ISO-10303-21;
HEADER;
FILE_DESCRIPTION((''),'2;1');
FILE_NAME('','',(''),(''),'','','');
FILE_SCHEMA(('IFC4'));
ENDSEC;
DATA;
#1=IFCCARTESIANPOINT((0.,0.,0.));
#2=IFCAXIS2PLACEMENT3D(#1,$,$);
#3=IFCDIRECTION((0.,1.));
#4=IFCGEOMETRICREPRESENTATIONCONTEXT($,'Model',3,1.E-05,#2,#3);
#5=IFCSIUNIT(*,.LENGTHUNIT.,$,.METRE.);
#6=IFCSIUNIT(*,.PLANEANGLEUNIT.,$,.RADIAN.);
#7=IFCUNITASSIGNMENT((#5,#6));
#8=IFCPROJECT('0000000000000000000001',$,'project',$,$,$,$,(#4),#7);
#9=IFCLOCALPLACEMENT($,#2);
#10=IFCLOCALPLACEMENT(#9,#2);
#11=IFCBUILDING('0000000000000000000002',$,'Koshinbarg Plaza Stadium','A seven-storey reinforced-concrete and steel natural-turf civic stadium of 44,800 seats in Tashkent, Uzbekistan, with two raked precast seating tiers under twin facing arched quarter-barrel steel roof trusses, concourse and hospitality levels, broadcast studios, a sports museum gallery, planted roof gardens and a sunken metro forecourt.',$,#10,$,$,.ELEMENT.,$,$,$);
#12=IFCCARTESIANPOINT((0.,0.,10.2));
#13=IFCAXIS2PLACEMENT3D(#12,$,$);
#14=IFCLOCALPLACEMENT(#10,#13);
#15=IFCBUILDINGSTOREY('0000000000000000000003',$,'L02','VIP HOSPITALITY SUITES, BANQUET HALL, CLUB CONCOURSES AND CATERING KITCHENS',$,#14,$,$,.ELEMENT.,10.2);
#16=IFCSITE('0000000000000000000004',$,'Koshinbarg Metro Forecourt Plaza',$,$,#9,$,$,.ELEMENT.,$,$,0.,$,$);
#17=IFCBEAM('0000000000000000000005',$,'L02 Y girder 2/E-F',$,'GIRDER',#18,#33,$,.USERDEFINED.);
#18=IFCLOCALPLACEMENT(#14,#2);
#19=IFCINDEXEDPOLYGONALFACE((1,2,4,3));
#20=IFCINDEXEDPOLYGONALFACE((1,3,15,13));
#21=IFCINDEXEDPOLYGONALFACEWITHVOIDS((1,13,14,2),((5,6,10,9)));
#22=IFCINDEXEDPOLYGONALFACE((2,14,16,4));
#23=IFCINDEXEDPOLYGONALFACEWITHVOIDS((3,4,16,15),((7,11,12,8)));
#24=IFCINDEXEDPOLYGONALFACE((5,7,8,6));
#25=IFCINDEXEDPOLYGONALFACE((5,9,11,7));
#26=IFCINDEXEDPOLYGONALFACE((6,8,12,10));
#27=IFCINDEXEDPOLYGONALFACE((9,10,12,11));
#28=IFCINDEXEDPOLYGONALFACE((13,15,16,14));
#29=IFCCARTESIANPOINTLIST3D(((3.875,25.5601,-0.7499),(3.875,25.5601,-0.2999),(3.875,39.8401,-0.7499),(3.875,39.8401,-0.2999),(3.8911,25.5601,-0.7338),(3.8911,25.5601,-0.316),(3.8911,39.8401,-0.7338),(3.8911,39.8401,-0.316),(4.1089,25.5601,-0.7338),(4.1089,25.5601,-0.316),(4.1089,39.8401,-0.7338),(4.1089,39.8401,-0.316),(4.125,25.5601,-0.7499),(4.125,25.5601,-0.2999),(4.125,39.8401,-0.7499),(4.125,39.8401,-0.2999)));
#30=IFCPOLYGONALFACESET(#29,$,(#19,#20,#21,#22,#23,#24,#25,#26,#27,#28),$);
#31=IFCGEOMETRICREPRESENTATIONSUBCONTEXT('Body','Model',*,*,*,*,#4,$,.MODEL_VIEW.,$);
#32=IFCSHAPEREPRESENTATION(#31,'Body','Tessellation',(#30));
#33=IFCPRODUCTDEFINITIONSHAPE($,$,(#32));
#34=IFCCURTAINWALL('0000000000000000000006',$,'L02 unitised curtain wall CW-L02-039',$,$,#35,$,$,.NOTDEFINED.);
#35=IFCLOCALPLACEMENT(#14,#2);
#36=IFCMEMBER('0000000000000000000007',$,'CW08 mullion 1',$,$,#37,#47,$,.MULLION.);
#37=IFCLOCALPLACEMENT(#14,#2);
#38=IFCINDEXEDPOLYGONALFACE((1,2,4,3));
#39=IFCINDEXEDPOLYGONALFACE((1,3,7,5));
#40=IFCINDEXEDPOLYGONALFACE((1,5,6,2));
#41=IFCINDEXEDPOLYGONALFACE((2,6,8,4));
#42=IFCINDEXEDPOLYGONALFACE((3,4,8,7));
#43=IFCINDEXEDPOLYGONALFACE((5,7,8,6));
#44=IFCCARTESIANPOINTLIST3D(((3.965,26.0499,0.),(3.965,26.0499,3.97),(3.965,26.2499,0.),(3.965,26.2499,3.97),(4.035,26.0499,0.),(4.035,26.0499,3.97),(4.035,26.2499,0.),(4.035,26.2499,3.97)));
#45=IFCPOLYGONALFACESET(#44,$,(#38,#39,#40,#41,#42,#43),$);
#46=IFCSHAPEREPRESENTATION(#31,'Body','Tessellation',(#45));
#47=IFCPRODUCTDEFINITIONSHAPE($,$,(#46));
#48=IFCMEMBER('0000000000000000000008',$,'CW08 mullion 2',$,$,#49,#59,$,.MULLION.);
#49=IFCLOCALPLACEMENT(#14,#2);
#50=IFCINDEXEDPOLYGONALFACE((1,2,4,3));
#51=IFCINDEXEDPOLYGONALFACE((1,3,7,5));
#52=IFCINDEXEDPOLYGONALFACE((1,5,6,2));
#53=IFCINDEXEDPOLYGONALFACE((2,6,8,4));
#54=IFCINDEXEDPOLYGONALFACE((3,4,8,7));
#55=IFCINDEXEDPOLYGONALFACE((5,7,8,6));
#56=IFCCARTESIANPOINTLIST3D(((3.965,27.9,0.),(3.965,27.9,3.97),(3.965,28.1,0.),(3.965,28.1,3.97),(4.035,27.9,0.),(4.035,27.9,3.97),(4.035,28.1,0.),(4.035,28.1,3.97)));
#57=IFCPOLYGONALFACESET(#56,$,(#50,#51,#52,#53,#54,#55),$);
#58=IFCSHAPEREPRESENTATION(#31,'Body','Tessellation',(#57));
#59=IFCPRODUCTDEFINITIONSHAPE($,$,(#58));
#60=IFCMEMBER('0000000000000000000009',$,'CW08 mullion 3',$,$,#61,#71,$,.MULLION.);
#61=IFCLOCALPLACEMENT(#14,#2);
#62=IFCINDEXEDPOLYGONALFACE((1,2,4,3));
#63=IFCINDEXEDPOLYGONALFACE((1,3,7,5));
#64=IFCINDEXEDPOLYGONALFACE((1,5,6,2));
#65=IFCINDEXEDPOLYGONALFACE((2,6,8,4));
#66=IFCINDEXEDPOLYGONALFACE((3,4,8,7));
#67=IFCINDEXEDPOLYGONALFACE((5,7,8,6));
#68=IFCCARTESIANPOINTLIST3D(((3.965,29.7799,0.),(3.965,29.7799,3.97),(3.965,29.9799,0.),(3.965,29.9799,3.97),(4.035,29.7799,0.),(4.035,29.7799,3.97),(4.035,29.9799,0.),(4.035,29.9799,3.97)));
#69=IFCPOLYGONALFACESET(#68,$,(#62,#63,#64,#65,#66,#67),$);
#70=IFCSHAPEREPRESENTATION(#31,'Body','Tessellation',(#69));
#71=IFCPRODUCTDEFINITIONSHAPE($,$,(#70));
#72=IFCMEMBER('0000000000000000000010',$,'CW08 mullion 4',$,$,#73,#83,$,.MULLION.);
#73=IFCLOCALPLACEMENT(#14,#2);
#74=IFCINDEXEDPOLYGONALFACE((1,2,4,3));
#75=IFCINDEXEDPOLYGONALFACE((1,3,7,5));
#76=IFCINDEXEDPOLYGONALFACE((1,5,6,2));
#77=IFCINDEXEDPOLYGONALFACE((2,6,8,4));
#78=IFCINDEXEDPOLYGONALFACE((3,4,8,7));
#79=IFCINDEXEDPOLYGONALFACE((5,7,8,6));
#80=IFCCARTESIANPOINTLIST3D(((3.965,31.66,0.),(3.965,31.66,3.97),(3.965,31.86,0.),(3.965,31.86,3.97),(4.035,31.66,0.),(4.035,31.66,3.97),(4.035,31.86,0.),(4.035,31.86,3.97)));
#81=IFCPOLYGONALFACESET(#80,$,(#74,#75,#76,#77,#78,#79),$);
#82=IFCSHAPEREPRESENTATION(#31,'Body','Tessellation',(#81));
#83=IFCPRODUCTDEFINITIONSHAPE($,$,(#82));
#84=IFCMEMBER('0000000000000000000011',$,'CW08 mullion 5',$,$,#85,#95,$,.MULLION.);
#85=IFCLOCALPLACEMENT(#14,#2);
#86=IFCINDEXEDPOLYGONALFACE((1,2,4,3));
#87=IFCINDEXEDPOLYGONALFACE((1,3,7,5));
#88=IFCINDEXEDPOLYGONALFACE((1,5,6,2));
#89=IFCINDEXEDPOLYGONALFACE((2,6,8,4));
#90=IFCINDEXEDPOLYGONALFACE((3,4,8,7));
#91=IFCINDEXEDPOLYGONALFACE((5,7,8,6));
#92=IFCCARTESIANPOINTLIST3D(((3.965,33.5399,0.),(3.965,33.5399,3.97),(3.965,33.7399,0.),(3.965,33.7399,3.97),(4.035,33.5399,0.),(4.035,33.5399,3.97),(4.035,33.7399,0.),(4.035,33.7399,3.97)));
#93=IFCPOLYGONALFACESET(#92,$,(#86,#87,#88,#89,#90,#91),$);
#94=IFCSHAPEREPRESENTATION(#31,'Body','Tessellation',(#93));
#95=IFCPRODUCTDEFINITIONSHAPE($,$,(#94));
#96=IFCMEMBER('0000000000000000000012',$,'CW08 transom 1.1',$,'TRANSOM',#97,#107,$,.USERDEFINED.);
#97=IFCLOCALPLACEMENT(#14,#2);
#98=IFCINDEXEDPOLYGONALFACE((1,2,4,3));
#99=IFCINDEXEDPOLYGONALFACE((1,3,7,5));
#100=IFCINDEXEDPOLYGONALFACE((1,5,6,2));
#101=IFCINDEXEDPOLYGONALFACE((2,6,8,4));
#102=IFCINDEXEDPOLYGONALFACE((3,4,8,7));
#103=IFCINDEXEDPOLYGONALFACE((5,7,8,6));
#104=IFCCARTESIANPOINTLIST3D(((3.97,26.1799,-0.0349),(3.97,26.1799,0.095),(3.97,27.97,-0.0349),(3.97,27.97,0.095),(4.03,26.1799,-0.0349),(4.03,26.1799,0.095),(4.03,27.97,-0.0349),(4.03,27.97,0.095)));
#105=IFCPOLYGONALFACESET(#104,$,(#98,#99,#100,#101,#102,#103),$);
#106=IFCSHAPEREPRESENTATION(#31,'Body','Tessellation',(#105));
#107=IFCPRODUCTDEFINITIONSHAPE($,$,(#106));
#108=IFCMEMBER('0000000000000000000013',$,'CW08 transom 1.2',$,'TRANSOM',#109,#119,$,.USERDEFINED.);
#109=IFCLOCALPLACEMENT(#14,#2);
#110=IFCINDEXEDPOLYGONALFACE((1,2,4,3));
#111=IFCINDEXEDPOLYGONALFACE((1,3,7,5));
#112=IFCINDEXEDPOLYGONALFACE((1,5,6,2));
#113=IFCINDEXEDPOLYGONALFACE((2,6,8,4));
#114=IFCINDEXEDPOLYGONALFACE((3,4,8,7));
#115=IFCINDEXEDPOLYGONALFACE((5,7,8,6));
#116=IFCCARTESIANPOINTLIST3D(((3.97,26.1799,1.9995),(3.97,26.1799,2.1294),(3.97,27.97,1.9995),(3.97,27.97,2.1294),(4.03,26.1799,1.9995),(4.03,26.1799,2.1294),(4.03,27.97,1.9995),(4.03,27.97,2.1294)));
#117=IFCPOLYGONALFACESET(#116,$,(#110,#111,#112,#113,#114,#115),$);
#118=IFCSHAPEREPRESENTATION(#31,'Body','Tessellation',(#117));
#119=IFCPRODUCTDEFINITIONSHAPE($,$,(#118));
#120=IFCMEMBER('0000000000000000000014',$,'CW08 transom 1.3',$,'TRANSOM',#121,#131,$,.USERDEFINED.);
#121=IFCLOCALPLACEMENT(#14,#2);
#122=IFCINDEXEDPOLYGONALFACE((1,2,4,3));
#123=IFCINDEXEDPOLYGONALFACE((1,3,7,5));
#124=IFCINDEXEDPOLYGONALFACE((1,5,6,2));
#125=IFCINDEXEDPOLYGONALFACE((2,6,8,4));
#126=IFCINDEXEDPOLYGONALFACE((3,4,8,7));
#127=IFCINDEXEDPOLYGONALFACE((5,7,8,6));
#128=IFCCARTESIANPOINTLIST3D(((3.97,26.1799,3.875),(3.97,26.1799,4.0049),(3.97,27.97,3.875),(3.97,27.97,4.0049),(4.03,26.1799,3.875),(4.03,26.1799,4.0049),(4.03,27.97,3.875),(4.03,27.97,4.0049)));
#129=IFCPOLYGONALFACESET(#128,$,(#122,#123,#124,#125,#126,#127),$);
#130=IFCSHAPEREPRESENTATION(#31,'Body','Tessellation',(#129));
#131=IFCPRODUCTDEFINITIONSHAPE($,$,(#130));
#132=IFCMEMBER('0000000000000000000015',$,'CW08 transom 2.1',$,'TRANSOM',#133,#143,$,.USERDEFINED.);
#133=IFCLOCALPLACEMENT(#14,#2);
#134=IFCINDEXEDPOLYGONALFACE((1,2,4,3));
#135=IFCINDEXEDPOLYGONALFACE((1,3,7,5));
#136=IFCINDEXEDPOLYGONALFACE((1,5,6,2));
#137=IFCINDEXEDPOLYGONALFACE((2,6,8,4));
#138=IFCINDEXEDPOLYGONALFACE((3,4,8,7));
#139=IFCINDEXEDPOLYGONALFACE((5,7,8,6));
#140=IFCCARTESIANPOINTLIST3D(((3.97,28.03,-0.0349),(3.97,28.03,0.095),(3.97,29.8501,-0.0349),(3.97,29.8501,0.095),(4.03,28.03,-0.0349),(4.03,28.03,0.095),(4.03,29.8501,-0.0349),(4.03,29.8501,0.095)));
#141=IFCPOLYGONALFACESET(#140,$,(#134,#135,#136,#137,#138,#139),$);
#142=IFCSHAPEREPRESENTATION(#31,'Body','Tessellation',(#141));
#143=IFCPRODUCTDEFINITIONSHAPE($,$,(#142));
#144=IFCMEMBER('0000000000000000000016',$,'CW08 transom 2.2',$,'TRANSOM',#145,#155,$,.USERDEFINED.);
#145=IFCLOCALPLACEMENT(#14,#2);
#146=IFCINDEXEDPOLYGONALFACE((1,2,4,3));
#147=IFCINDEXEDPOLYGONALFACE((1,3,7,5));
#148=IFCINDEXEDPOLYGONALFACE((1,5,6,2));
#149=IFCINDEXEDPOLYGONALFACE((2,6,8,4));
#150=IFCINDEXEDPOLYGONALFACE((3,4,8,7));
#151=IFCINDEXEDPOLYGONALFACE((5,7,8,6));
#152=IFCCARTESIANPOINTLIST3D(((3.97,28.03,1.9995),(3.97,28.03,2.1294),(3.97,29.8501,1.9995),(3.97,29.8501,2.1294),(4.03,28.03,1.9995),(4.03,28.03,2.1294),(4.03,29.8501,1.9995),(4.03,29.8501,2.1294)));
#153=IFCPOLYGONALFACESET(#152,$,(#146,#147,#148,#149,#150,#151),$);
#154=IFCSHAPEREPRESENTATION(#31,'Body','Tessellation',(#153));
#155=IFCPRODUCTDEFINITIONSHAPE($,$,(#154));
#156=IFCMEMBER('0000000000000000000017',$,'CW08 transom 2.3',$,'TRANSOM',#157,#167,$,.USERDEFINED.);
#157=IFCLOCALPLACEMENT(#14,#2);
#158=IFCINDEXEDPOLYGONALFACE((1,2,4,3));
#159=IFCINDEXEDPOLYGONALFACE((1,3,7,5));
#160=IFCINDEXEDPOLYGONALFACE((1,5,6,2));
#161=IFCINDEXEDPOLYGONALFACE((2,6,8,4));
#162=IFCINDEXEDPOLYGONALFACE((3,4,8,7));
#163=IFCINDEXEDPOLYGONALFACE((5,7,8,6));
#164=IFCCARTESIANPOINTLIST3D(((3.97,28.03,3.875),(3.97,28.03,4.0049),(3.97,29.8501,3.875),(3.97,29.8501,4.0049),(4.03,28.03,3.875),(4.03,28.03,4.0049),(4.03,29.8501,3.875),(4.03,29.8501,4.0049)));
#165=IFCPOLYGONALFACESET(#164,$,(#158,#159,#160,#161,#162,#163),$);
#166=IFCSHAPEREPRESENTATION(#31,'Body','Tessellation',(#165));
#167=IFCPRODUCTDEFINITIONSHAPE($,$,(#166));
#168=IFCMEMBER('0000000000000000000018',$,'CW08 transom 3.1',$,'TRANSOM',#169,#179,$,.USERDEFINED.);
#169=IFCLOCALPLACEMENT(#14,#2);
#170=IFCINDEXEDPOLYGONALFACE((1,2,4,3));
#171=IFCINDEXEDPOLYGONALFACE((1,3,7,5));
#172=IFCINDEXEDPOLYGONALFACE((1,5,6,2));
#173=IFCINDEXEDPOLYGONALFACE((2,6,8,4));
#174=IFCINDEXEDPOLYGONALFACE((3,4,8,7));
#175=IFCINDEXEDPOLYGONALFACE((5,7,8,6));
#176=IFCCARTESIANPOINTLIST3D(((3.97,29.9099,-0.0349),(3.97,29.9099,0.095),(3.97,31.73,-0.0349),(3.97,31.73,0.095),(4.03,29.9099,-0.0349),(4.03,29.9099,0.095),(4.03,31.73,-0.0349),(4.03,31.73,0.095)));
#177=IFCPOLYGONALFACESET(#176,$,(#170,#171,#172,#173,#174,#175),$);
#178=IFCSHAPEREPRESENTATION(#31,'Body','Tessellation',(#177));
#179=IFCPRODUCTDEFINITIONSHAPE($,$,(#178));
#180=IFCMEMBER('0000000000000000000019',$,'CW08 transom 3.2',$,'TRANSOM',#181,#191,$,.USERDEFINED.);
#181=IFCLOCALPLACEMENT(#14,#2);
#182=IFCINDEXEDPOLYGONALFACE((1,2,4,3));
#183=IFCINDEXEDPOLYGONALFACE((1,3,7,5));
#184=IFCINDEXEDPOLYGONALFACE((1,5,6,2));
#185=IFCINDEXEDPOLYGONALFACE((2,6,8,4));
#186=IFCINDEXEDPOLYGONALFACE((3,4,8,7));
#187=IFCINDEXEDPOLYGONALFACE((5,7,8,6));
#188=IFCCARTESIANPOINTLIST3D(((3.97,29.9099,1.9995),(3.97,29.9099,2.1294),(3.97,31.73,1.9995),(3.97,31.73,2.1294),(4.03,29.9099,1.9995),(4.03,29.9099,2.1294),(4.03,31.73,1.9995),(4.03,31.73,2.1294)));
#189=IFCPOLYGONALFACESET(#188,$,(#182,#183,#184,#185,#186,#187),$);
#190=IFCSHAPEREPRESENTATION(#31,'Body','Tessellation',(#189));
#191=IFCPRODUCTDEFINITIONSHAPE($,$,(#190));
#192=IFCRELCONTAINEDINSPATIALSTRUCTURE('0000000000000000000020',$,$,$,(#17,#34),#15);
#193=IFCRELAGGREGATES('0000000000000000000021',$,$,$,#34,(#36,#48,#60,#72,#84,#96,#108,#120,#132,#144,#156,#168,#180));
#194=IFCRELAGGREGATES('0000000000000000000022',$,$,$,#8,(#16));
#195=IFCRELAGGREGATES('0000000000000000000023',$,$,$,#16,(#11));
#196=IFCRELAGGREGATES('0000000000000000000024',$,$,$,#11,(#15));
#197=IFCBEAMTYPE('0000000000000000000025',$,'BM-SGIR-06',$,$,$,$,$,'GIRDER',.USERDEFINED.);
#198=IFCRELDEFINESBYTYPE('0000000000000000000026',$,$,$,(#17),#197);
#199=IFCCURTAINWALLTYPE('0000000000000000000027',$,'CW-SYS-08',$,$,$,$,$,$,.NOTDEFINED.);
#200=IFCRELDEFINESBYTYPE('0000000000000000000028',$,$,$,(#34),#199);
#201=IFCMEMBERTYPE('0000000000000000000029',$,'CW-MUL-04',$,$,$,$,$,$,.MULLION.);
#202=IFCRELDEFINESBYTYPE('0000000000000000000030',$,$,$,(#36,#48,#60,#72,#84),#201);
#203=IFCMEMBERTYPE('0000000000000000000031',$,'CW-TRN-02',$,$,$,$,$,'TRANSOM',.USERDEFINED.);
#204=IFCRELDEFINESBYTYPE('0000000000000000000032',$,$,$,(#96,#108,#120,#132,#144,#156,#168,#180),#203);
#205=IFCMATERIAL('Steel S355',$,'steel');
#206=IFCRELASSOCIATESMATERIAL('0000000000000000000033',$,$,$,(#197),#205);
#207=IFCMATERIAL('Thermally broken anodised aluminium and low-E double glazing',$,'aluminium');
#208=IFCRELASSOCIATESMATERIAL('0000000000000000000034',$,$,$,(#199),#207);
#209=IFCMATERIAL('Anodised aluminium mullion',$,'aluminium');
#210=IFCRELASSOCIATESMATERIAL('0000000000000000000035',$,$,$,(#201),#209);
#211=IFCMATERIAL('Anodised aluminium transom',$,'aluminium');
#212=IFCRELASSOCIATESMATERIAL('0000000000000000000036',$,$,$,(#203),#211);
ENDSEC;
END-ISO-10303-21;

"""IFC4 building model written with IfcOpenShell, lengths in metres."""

from ifc_helpers import new_model, si_unit, direction, frame, origin, origin_2d, place, context, subcontext, project, spatial, rectangle, hollow_rectangle, extrude, material, material_profile, profile_set, type_object, element, aggregate, save


model = new_model("IFC4")

# Units and contexts
model_context = context("Model", 3, precision=1e-05, world=origin(), true_north=direction((0.0, 1.0)))
body_context = subcontext(model_context, "Body", "Model", "MODEL_VIEW")
ifc_project = project(units=[si_unit("LENGTHUNIT", "METRE"), si_unit("PLANEANGLEUNIT", "RADIAN")], contexts=[model_context])

# Site, building, storey
site_placement = place(None, origin())
site = spatial("IfcSite", under=ifc_project, at=site_placement, Name="Koshinbarg Metro Forecourt Plaza", CompositionType="ELEMENT", RefElevation=0.0)
building_placement = place(site_placement, origin())
building = spatial("IfcBuilding", under=site, at=building_placement, Name="Koshinbarg Plaza Stadium", Description="A seven-storey reinforced-concrete and steel natural-turf civic stadium of 44,800 seats in Tashkent, Uzbekistan, with two raked precast seating tiers under twin facing arched quarter-barrel steel roof trusses, concourse and hospitality levels, broadcast studios, a sports museum gallery, planted roof gardens and a sunken metro forecourt.", CompositionType="ELEMENT")
storey_placement = place(building_placement, frame((0.0, 0.0, 10.2)))
storey = spatial("IfcBuildingStorey", under=building, at=storey_placement, Name="L02", Description="VIP HOSPITALITY SUITES, BANQUET HALL, CLUB CONCOURSES AND CATERING KITCHENS", CompositionType="ELEMENT", Elevation=10.2)

# Beam
ifc_material_1 = material(Name="Steel S355", Category="steel")
ifc_material_profile_1 = material_profile(ifc_material_1, hollow_rectangle(XDim=0.25, YDim=0.45, WallThickness=0.0161, at=origin_2d()), Name="RHS 450x250x16")
ifc_profile_set_1 = profile_set([ifc_material_profile_1], Name="Steel S355")
beam_type = type_object("IfcBeamType", Name="BM-SGIR-06", ElementType="GIRDER", PredefinedType="USERDEFINED", material=ifc_profile_set_1)
beam_placement = place(storey_placement, frame((4.0, 25.5601, -0.5249), z_axis=(0.0, 1.0, 0.0), x_axis=(-1.0, 0.0, 0.0)))
element("IfcBeam", 1, at=beam_placement, inside=storey, type_object=beam_type, Name="L02 Y girder 2/E-F", ObjectType="GIRDER", PredefinedType="USERDEFINED", context=body_context, shape_type="SweptSolid", body=[
    extrude(hollow_rectangle(XDim=0.25, YDim=0.45, WallThickness=0.0161, at=origin_2d()), origin(), (0.0, 0.0, 1.0), 14.28),
])

# Curtain wall, members
ifc_material_2 = material(Name="Thermally broken anodised aluminium and low-E double glazing", Category="aluminium")
curtain_wall_type = type_object("IfcCurtainWallType", Name="CW-SYS-08", PredefinedType="NOTDEFINED", material=ifc_material_2)
curtain_wall_placement = place(storey_placement, origin())
curtain_wall = element("IfcCurtainWall", 2, at=curtain_wall_placement, inside=storey, type_object=curtain_wall_type, Name="L02 unitised curtain wall CW-L02-039", PredefinedType="NOTDEFINED")
ifc_material_3 = material(Name="Anodised aluminium mullion", Category="aluminium")
ifc_material_profile_2 = material_profile(ifc_material_3, rectangle(XDim=0.0701, YDim=0.2, at=origin_2d()), Name="ALU 70x200")
ifc_profile_set_2 = profile_set([ifc_material_profile_2], Name="Anodised aluminium mullion")
member_type_1 = type_object("IfcMemberType", Name="CW-MUL-04", PredefinedType="MULLION", material=ifc_profile_set_2)
member_1_placement = place(storey_placement, frame((4.0, 26.1499, 0.0), z_axis=(0.0, 0.0, 1.0), x_axis=(-1.0, 0.0, 0.0)))
member_1 = element("IfcMember", 3, at=member_1_placement, type_object=member_type_1, Name="CW08 mullion 1", PredefinedType="MULLION", context=body_context, shape_type="SweptSolid", body=[
    extrude(rectangle(XDim=0.0701, YDim=0.2, at=origin_2d()), origin(), (0.0, 0.0, 1.0), 3.97),
])
member_2_placement = place(storey_placement, frame((4.0, 28.0, 0.0), z_axis=(0.0, 0.0, 1.0), x_axis=(-1.0, 0.0, 0.0)))
member_2 = element("IfcMember", 4, at=member_2_placement, type_object=member_type_1, Name="CW08 mullion 2", PredefinedType="MULLION", context=body_context, shape_type="SweptSolid", body=[
    extrude(rectangle(XDim=0.0701, YDim=0.2, at=origin_2d()), origin(), (0.0, 0.0, 1.0), 3.97),
])
member_3_placement = place(storey_placement, frame((4.0, 29.8799, 0.0), z_axis=(0.0, 0.0, 1.0), x_axis=(-1.0, 0.0, 0.0)))
member_3 = element("IfcMember", 5, at=member_3_placement, type_object=member_type_1, Name="CW08 mullion 3", PredefinedType="MULLION", context=body_context, shape_type="SweptSolid", body=[
    extrude(rectangle(XDim=0.0701, YDim=0.2, at=origin_2d()), origin(), (0.0, 0.0, 1.0), 3.97),
])
member_4_placement = place(storey_placement, frame((4.0, 31.76, 0.0), z_axis=(0.0, 0.0, 1.0), x_axis=(-1.0, 0.0, 0.0)))
member_4 = element("IfcMember", 6, at=member_4_placement, type_object=member_type_1, Name="CW08 mullion 4", PredefinedType="MULLION", context=body_context, shape_type="SweptSolid", body=[
    extrude(rectangle(XDim=0.0701, YDim=0.2, at=origin_2d()), origin(), (0.0, 0.0, 1.0), 3.97),
])
member_5_placement = place(storey_placement, frame((4.0, 33.6399, 0.0), z_axis=(0.0, 0.0, 1.0), x_axis=(-1.0, 0.0, 0.0)))
member_5 = element("IfcMember", 7, at=member_5_placement, type_object=member_type_1, Name="CW08 mullion 5", PredefinedType="MULLION", context=body_context, shape_type="SweptSolid", body=[
    extrude(rectangle(XDim=0.0701, YDim=0.2, at=origin_2d()), origin(), (0.0, 0.0, 1.0), 3.97),
])
ifc_material_4 = material(Name="Anodised aluminium transom", Category="aluminium")
ifc_material_profile_3 = material_profile(ifc_material_4, rectangle(XDim=0.0601, YDim=0.1299, at=origin_2d()), Name="ALU 60x130")
ifc_profile_set_3 = profile_set([ifc_material_profile_3], Name="Anodised aluminium transom")
member_type_2 = type_object("IfcMemberType", Name="CW-TRN-02", ElementType="TRANSOM", PredefinedType="USERDEFINED", material=ifc_profile_set_3)
member_6_placement = place(storey_placement, frame((4.0, 26.1799, 0.03), z_axis=(0.0, 1.0, 0.0), x_axis=(-1.0, 0.0, 0.0)))
member_6 = element("IfcMember", 8, at=member_6_placement, type_object=member_type_2, Name="CW08 transom 1.1", ObjectType="TRANSOM", PredefinedType="USERDEFINED", context=body_context, shape_type="SweptSolid", body=[
    extrude(rectangle(XDim=0.0601, YDim=0.1299, at=origin_2d()), origin(), (0.0, 0.0, 1.0), 1.79),
])
member_7_placement = place(storey_placement, frame((4.0, 26.1799, 2.0645), z_axis=(0.0, 1.0, 0.0), x_axis=(-1.0, 0.0, 0.0)))
member_7 = element("IfcMember", 9, at=member_7_placement, type_object=member_type_2, Name="CW08 transom 1.2", ObjectType="TRANSOM", PredefinedType="USERDEFINED", context=body_context, shape_type="SweptSolid", body=[
    extrude(rectangle(XDim=0.0601, YDim=0.1299, at=origin_2d()), origin(), (0.0, 0.0, 1.0), 1.79),
])
member_8_placement = place(storey_placement, frame((4.0, 26.1799, 3.9399), z_axis=(0.0, 1.0, 0.0), x_axis=(-1.0, 0.0, 0.0)))
member_8 = element("IfcMember", 10, at=member_8_placement, type_object=member_type_2, Name="CW08 transom 1.3", ObjectType="TRANSOM", PredefinedType="USERDEFINED", context=body_context, shape_type="SweptSolid", body=[
    extrude(rectangle(XDim=0.0601, YDim=0.1299, at=origin_2d()), origin(), (0.0, 0.0, 1.0), 1.79),
])
member_9_placement = place(storey_placement, frame((4.0, 28.03, 0.03), z_axis=(0.0, 1.0, 0.0), x_axis=(-1.0, 0.0, 0.0)))
member_9 = element("IfcMember", 11, at=member_9_placement, type_object=member_type_2, Name="CW08 transom 2.1", ObjectType="TRANSOM", PredefinedType="USERDEFINED", context=body_context, shape_type="SweptSolid", body=[
    extrude(rectangle(XDim=0.0601, YDim=0.1299, at=origin_2d()), origin(), (0.0, 0.0, 1.0), 1.8201),
])
member_10_placement = place(storey_placement, frame((4.0, 28.03, 2.0645), z_axis=(0.0, 1.0, 0.0), x_axis=(-1.0, 0.0, 0.0)))
member_10 = element("IfcMember", 12, at=member_10_placement, type_object=member_type_2, Name="CW08 transom 2.2", ObjectType="TRANSOM", PredefinedType="USERDEFINED", context=body_context, shape_type="SweptSolid", body=[
    extrude(rectangle(XDim=0.0601, YDim=0.1299, at=origin_2d()), origin(), (0.0, 0.0, 1.0), 1.8201),
])
member_11_placement = place(storey_placement, frame((4.0, 28.03, 3.9399), z_axis=(0.0, 1.0, 0.0), x_axis=(-1.0, 0.0, 0.0)))
member_11 = element("IfcMember", 13, at=member_11_placement, type_object=member_type_2, Name="CW08 transom 2.3", ObjectType="TRANSOM", PredefinedType="USERDEFINED", context=body_context, shape_type="SweptSolid", body=[
    extrude(rectangle(XDim=0.0601, YDim=0.1299, at=origin_2d()), origin(), (0.0, 0.0, 1.0), 1.8201),
])
member_12_placement = place(storey_placement, frame((4.0, 29.9099, 0.03), z_axis=(0.0, 1.0, 0.0), x_axis=(-1.0, 0.0, 0.0)))
member_12 = element("IfcMember", 14, at=member_12_placement, type_object=member_type_2, Name="CW08 transom 3.1", ObjectType="TRANSOM", PredefinedType="USERDEFINED", context=body_context, shape_type="SweptSolid", body=[
    extrude(rectangle(XDim=0.0601, YDim=0.1299, at=origin_2d()), origin(), (0.0, 0.0, 1.0), 1.8201),
])
member_13_placement = place(storey_placement, frame((4.0, 29.9099, 2.0645), z_axis=(0.0, 1.0, 0.0), x_axis=(-1.0, 0.0, 0.0)))
member_13 = element("IfcMember", 15, at=member_13_placement, type_object=member_type_2, Name="CW08 transom 3.2", ObjectType="TRANSOM", PredefinedType="USERDEFINED", context=body_context, shape_type="SweptSolid", body=[
    extrude(rectangle(XDim=0.0601, YDim=0.1299, at=origin_2d()), origin(), (0.0, 0.0, 1.0), 1.8201),
])
aggregate(curtain_wall, [member_1, member_2, member_3, member_4, member_5, member_6, member_7, member_8, member_9, member_10, member_11, member_12, member_13])

save(model, "model.ifc")
